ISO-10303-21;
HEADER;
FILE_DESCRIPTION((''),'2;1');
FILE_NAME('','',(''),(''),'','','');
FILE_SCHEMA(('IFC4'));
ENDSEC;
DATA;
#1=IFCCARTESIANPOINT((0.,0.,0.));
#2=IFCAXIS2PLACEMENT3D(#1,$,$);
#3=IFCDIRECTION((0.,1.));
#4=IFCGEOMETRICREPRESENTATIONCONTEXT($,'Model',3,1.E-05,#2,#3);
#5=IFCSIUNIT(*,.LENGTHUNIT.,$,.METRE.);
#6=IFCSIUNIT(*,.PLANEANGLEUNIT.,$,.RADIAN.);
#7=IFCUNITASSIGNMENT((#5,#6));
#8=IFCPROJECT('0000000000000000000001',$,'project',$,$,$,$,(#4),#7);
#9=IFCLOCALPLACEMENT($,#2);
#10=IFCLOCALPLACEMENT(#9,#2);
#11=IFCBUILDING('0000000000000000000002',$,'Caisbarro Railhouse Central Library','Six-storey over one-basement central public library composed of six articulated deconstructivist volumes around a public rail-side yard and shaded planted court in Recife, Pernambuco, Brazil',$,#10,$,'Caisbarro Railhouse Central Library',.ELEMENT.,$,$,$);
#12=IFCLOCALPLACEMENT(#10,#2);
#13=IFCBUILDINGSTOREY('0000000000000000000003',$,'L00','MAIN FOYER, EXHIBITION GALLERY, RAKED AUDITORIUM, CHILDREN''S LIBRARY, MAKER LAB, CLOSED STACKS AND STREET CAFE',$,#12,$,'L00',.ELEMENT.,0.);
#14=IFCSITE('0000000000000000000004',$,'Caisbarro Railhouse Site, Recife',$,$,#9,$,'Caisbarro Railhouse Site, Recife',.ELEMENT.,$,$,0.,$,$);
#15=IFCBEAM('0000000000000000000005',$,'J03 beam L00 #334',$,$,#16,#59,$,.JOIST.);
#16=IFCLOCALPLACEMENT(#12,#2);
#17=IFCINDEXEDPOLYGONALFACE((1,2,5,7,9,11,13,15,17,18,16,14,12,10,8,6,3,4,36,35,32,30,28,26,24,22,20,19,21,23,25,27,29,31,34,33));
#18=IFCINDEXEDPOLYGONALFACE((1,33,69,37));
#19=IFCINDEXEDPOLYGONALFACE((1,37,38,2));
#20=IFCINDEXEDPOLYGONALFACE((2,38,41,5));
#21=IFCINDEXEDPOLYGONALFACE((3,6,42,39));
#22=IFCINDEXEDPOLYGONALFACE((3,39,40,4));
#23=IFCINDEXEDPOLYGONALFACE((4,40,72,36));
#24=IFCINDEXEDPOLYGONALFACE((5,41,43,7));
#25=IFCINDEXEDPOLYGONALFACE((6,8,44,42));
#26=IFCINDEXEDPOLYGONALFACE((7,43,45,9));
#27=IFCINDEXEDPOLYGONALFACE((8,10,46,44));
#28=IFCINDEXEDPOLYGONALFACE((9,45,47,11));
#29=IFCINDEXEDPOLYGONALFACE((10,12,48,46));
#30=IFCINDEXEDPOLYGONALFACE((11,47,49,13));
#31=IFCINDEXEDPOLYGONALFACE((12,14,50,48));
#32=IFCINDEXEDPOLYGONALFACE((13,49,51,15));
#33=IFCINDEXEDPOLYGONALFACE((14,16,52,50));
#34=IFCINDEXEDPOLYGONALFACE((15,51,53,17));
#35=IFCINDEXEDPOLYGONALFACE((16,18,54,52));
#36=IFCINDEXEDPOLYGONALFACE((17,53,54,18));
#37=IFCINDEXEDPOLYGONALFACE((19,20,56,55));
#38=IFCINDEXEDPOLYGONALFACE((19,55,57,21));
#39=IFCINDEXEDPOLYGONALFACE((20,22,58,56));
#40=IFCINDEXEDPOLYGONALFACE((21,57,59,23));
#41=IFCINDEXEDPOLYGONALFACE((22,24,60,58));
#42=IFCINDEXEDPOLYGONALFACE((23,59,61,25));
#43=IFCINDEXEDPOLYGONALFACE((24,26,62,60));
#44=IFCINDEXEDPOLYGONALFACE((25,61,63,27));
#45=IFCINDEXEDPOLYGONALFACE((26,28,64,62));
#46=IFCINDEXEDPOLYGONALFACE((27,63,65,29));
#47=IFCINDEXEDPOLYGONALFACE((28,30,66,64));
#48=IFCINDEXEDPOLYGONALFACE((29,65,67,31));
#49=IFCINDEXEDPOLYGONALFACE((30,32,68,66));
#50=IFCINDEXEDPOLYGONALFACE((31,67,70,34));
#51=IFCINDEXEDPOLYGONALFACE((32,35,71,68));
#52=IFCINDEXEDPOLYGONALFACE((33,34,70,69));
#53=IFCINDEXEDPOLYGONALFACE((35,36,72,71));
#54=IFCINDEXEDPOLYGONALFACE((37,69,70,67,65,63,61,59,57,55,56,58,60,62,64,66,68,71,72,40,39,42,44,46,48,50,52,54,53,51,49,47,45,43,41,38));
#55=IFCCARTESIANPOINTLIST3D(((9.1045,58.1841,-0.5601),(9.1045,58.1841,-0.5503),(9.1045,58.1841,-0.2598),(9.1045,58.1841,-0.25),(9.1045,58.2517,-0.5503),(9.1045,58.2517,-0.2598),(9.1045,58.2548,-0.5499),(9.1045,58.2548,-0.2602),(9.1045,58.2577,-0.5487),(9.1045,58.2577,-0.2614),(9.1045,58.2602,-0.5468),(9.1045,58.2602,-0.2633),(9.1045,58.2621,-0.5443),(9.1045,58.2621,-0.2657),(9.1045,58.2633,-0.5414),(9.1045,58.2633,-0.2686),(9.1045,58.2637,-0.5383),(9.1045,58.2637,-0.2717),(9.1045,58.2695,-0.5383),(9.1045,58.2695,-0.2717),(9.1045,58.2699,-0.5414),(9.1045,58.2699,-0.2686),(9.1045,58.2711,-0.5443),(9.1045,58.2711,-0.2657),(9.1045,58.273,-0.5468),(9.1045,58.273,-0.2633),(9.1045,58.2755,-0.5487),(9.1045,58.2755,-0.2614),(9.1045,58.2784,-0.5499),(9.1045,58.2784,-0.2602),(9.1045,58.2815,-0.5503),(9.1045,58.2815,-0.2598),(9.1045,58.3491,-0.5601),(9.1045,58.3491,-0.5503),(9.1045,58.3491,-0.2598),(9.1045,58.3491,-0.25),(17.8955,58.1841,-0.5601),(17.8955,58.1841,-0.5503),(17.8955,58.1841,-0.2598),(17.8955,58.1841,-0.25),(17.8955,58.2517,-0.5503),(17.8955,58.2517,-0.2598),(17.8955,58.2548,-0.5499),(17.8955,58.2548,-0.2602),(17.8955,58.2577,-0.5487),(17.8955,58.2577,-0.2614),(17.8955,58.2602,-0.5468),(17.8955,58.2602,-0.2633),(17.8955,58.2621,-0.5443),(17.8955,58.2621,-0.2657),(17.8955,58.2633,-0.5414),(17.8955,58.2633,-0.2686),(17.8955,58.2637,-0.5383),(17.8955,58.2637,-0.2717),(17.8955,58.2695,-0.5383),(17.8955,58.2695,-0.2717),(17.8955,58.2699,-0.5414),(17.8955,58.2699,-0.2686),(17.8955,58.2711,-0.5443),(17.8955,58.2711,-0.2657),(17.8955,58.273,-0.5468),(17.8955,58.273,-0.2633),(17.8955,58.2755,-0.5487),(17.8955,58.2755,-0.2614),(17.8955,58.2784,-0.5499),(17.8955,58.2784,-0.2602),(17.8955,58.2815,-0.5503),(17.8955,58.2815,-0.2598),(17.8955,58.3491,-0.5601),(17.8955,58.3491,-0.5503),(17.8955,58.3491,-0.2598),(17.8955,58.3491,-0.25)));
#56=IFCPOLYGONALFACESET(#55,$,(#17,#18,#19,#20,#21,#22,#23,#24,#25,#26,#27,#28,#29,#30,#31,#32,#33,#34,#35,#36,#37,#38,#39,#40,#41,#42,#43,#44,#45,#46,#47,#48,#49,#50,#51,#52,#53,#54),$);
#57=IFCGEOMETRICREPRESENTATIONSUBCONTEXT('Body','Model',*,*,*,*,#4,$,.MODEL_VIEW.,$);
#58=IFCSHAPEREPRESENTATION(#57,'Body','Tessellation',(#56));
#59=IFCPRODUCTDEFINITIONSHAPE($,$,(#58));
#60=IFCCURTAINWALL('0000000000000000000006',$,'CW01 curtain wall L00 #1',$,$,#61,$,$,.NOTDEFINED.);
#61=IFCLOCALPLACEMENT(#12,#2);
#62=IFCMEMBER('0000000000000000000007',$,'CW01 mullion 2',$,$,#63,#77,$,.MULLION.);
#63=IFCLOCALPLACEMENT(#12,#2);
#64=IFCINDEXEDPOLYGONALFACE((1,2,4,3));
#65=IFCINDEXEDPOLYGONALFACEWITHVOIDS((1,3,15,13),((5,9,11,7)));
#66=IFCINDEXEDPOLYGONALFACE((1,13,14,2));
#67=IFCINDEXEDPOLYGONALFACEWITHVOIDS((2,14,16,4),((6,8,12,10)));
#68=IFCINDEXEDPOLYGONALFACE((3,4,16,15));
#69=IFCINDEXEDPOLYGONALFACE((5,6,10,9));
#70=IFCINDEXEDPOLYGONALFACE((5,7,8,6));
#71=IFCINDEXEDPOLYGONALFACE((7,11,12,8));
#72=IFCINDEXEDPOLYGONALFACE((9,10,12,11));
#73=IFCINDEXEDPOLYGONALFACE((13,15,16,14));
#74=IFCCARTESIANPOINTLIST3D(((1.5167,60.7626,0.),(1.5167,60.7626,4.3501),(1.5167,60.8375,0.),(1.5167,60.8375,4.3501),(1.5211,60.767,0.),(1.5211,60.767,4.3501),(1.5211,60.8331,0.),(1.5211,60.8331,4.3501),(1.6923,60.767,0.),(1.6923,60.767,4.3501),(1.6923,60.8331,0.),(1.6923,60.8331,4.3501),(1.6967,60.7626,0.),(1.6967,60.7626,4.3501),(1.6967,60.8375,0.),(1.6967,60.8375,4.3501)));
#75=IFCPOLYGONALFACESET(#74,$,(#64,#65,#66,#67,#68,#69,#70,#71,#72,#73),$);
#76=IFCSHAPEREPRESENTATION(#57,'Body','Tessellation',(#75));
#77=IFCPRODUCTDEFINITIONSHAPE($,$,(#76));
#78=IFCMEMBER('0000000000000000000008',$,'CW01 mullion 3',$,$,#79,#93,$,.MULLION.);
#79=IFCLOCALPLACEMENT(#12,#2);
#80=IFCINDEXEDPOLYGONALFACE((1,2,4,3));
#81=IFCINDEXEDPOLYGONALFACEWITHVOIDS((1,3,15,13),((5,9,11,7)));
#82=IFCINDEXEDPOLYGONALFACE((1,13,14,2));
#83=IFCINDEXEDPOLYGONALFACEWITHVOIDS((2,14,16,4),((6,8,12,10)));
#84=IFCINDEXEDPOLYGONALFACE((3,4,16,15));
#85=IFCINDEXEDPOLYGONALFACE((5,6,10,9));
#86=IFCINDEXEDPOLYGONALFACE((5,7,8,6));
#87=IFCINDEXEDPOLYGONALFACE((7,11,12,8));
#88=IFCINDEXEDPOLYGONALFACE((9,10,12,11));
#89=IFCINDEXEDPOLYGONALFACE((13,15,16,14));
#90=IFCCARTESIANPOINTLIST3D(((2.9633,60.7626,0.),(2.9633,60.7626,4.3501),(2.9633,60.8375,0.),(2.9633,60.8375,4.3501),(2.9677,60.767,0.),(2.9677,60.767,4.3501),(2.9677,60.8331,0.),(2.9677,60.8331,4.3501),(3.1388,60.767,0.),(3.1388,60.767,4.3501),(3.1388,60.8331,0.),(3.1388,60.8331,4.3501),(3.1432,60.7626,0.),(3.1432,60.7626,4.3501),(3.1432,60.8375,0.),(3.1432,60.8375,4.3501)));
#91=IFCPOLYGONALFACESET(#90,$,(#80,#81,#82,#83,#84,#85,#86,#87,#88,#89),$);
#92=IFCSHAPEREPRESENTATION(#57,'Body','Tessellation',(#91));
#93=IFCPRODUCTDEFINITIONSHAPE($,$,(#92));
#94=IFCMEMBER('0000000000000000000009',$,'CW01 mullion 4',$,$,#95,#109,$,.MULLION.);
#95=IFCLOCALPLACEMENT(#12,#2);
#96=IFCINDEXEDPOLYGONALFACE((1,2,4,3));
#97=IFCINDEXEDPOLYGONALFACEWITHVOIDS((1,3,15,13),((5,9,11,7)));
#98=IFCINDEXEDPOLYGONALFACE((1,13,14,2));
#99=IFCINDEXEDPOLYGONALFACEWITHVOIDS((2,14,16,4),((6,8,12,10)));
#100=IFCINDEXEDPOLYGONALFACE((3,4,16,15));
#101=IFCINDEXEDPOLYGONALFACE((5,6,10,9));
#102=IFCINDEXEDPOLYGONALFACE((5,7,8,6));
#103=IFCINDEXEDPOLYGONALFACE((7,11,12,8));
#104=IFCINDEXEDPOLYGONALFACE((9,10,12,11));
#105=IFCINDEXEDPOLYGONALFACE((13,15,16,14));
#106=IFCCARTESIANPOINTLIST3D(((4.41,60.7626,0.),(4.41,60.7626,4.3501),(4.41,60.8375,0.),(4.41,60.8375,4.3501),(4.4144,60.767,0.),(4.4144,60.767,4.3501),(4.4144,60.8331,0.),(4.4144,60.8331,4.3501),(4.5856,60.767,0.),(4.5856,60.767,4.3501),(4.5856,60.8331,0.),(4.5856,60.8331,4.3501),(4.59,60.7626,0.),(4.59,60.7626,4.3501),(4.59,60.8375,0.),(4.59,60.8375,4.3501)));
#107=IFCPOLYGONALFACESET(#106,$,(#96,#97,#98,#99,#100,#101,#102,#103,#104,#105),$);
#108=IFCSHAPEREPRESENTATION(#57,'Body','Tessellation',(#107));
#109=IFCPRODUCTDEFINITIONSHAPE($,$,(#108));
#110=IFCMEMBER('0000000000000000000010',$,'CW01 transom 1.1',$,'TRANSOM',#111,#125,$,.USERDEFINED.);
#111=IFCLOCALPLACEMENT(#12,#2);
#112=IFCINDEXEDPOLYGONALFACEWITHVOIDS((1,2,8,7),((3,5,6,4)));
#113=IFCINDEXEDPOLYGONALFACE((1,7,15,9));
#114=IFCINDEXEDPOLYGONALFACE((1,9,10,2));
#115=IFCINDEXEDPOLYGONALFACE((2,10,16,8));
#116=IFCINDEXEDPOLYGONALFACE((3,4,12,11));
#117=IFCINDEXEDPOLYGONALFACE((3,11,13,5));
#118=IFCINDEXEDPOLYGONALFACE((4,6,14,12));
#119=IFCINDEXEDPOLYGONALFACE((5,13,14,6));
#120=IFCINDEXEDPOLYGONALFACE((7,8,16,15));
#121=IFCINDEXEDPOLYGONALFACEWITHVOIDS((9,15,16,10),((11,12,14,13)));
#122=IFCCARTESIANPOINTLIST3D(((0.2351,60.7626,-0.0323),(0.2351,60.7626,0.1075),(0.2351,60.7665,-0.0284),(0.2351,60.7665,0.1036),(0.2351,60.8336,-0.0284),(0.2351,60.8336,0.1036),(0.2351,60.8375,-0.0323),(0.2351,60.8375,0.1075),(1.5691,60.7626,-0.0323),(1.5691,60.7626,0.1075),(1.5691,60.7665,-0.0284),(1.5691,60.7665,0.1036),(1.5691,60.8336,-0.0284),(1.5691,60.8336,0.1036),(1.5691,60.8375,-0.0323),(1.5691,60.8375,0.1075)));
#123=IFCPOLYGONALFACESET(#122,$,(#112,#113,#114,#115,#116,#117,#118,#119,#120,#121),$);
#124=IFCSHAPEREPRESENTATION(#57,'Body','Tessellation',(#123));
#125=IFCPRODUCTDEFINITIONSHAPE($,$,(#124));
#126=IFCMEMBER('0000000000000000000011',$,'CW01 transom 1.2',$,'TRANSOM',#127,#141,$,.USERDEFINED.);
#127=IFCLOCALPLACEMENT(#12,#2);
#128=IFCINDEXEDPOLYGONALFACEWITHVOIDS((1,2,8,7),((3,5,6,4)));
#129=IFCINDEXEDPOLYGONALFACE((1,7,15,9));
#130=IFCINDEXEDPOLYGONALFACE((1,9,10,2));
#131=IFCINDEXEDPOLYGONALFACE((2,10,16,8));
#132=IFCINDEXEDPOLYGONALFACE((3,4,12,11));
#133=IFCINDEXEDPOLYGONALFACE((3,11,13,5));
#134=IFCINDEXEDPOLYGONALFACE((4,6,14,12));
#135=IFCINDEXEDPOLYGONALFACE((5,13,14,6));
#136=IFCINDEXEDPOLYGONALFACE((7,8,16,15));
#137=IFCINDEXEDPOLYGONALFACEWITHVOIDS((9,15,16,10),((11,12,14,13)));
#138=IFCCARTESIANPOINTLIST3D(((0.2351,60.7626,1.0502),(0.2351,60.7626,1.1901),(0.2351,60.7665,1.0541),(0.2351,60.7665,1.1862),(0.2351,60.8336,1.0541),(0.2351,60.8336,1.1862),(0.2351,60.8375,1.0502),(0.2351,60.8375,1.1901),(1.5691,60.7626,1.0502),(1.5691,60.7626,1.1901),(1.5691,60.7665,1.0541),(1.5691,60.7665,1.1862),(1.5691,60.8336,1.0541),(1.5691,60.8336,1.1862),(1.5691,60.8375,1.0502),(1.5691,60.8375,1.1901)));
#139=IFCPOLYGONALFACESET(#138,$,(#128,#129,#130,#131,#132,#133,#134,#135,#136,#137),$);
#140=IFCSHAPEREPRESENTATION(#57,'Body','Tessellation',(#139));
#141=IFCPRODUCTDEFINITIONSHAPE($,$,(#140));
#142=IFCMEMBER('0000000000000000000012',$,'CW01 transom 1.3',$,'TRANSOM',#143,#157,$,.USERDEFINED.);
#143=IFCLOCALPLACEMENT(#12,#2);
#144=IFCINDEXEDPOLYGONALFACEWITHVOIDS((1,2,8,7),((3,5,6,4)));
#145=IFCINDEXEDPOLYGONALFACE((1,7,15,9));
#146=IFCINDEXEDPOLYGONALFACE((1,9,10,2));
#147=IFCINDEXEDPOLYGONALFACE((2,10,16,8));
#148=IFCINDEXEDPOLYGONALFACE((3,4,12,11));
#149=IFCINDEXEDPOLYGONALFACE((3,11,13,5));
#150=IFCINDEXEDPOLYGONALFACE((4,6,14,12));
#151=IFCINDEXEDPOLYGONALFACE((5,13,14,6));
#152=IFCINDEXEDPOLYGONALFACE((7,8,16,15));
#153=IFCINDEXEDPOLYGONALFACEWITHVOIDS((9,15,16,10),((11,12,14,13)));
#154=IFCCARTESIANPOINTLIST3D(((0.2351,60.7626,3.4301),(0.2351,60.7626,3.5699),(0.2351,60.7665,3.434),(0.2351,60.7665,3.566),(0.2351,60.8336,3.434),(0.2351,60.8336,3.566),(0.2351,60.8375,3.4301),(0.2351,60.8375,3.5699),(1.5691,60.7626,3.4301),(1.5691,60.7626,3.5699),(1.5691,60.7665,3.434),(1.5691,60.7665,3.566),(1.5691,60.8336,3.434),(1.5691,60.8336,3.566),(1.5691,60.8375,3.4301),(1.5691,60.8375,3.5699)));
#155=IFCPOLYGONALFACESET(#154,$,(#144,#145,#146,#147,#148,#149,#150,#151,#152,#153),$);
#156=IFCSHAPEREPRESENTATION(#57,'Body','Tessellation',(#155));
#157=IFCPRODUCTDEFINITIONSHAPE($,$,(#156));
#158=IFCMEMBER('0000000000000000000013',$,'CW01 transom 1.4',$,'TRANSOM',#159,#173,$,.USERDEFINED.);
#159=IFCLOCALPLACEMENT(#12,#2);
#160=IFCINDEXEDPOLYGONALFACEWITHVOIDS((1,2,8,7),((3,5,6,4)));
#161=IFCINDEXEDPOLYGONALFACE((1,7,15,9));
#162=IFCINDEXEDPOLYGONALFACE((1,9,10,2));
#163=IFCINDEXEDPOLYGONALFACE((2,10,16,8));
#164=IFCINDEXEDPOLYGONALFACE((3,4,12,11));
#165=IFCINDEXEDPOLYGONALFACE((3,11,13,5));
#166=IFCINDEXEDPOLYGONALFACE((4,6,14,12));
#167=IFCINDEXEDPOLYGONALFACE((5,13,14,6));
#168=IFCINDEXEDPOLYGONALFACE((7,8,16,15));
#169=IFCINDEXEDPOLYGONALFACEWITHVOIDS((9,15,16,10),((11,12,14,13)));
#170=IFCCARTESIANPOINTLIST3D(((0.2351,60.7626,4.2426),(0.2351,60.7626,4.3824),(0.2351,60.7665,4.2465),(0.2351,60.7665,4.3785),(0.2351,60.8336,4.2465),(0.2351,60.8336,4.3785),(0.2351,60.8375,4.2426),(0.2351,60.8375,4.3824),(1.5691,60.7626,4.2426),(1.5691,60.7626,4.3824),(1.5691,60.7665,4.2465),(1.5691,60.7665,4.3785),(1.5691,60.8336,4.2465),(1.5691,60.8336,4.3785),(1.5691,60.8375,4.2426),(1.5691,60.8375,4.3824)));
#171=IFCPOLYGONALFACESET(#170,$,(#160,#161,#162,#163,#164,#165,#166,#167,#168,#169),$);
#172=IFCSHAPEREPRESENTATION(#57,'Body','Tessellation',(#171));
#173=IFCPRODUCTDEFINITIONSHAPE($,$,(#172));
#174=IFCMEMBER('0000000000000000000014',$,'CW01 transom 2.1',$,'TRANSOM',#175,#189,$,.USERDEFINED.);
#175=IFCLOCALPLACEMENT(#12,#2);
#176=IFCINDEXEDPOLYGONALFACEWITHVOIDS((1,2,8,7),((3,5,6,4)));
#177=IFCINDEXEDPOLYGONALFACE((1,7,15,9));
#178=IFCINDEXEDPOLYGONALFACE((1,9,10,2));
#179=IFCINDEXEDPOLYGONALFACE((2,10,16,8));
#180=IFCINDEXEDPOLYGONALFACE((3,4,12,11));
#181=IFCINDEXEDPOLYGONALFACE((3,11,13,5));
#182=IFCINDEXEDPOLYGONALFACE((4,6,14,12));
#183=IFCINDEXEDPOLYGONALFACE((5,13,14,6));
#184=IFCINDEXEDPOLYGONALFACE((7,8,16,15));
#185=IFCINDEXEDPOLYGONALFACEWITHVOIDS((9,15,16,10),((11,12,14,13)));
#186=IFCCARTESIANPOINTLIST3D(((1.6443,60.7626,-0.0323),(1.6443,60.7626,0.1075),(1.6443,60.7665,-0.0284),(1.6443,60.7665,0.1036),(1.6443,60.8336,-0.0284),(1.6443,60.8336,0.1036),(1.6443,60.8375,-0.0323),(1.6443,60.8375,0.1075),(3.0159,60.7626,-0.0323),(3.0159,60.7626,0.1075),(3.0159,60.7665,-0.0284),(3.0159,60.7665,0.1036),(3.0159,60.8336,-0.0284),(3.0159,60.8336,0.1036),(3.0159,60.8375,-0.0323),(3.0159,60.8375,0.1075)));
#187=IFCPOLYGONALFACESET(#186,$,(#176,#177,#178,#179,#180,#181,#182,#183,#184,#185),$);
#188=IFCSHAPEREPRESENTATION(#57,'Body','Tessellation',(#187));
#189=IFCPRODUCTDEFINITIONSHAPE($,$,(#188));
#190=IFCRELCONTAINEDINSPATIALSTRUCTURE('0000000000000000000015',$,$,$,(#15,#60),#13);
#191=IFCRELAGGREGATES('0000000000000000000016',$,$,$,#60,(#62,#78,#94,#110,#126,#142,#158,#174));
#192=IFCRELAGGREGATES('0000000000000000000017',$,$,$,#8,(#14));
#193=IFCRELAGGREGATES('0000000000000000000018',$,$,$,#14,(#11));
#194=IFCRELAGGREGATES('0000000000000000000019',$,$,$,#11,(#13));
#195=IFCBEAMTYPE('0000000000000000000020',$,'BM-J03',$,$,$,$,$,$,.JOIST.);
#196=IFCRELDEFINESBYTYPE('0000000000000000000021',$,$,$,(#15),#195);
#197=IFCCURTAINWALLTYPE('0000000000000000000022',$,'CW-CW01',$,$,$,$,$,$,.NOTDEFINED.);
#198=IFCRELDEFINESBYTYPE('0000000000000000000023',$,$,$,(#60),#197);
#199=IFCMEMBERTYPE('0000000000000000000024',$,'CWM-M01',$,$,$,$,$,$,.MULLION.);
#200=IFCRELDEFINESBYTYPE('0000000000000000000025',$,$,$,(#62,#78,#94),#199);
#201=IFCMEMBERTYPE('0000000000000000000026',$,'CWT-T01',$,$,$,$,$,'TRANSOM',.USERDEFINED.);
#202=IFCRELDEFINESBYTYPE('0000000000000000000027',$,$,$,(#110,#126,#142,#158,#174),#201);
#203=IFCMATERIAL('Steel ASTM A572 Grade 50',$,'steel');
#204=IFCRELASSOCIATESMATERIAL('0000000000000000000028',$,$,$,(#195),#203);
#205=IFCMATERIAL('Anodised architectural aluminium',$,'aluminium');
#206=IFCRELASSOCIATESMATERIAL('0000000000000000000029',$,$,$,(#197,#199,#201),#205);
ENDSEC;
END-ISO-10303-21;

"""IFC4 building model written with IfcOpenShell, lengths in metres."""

from ifc_helpers import new_model, si_unit, direction, frame, origin, origin_2d, place, context, subcontext, project, spatial, hollow_rectangle, i_section, extrude, material, material_profile, profile_set, type_object, element, aggregate, save


model = new_model("IFC4")

# Units and contexts
model_context = context("Model", 3, precision=1e-05, world=origin(), true_north=direction((0.0, 1.0)))
body_context = subcontext(model_context, "Body", "Model", "MODEL_VIEW")
ifc_project = project(units=[si_unit("LENGTHUNIT", "METRE"), si_unit("PLANEANGLEUNIT", "RADIAN")], contexts=[model_context])

# Site, building, storey
site_placement = place(None, origin())
site = spatial("IfcSite", under=ifc_project, at=site_placement, Name="Caisbarro Railhouse Site, Recife", LongName="Caisbarro Railhouse Site, Recife", CompositionType="ELEMENT", RefElevation=0.0)
building_placement = place(site_placement, origin())
building = spatial("IfcBuilding", under=site, at=building_placement, Name="Caisbarro Railhouse Central Library", Description="Six-storey over one-basement central public library composed of six articulated deconstructivist volumes around a public rail-side yard and shaded planted court in Recife, Pernambuco, Brazil", LongName="Caisbarro Railhouse Central Library", CompositionType="ELEMENT")
storey_placement = place(building_placement, origin())
storey = spatial("IfcBuildingStorey", under=building, at=storey_placement, Name="L00", Description="MAIN FOYER, EXHIBITION GALLERY, RAKED AUDITORIUM, CHILDREN'S LIBRARY, MAKER LAB, CLOSED STACKS AND STREET CAFE", LongName="L00", CompositionType="ELEMENT", Elevation=0.0)

# Beam
ifc_material_1 = material(Name="Steel ASTM A572 Grade 50", Category="steel")
ifc_material_profile_1 = material_profile(ifc_material_1, i_section(OverallWidth=0.165, OverallDepth=0.3101, WebThickness=0.0059, FlangeThickness=0.0098, FilletRadius=0.012, at=origin_2d()), Name="W310X38.7")
ifc_profile_set_1 = profile_set([ifc_material_profile_1], Name="Steel ASTM A572 Grade 50")
beam_type = type_object("IfcBeamType", Name="BM-J03", PredefinedType="JOIST", material=ifc_profile_set_1)
beam_placement = place(storey_placement, frame((9.1045, 58.2666, -0.405), z_axis=(1.0, 0.0, 0.0), x_axis=(0.0, 1.0, 0.0)))
element("IfcBeam", 1, at=beam_placement, inside=storey, type_object=beam_type, Name="J03 beam L00 #334", PredefinedType="JOIST", context=body_context, shape_type="SweptSolid", body=[
    extrude(i_section(OverallWidth=0.165, OverallDepth=0.3101, WebThickness=0.0059, FlangeThickness=0.0098, FilletRadius=0.012, at=origin_2d()), origin(), (0.0, 0.0, 1.0), 8.791),
])

# Curtain wall, members
ifc_material_2 = material(Name="Anodised architectural aluminium", Category="aluminium")
curtain_wall_type = type_object("IfcCurtainWallType", Name="CW-CW01", PredefinedType="NOTDEFINED", material=ifc_material_2)
curtain_wall_placement = place(storey_placement, origin())
curtain_wall = element("IfcCurtainWall", 2, at=curtain_wall_placement, inside=storey, type_object=curtain_wall_type, Name="CW01 curtain wall L00 #1", PredefinedType="NOTDEFINED")
ifc_material_profile_2 = material_profile(ifc_material_2, hollow_rectangle(XDim=0.075, YDim=0.1799, WallThickness=0.0044, at=origin_2d()), Name="ALU-MUL-75X180")
ifc_profile_set_2 = profile_set([ifc_material_profile_2], Name="Anodised architectural aluminium")
member_type_1 = type_object("IfcMemberType", Name="CWM-M01", PredefinedType="MULLION", material=ifc_profile_set_2)
member_1_placement = place(storey_placement, frame((1.6067, 60.8, 0.0), z_axis=(0.0, 0.0, 1.0), x_axis=(0.0, 1.0, 0.0)))
member_1 = element("IfcMember", 3, at=member_1_placement, type_object=member_type_1, Name="CW01 mullion 2", PredefinedType="MULLION", context=body_context, shape_type="SweptSolid", body=[
    extrude(hollow_rectangle(XDim=0.075, YDim=0.1799, WallThickness=0.0044, at=origin_2d()), origin(), (0.0, 0.0, 1.0), 4.3501),
])
member_2_placement = place(storey_placement, frame((3.0532, 60.8, 0.0), z_axis=(0.0, 0.0, 1.0), x_axis=(0.0, 1.0, 0.0)))
member_2 = element("IfcMember", 4, at=member_2_placement, type_object=member_type_1, Name="CW01 mullion 3", PredefinedType="MULLION", context=body_context, shape_type="SweptSolid", body=[
    extrude(hollow_rectangle(XDim=0.075, YDim=0.1799, WallThickness=0.0044, at=origin_2d()), origin(), (0.0, 0.0, 1.0), 4.3501),
])
member_3_placement = place(storey_placement, frame((4.5, 60.8, 0.0), z_axis=(0.0, 0.0, 1.0), x_axis=(0.0, 1.0, 0.0)))
member_3 = element("IfcMember", 5, at=member_3_placement, type_object=member_type_1, Name="CW01 mullion 4", PredefinedType="MULLION", context=body_context, shape_type="SweptSolid", body=[
    extrude(hollow_rectangle(XDim=0.075, YDim=0.1799, WallThickness=0.0044, at=origin_2d()), origin(), (0.0, 0.0, 1.0), 4.3501),
])
ifc_material_profile_3 = material_profile(ifc_material_2, hollow_rectangle(XDim=0.075, YDim=0.1399, WallThickness=0.0039, at=origin_2d()), Name="ALU-TRN-75X140")
ifc_profile_set_3 = profile_set([ifc_material_profile_3], Name="Anodised architectural aluminium")
member_type_2 = type_object("IfcMemberType", Name="CWT-T01", ElementType="TRANSOM", PredefinedType="USERDEFINED", material=ifc_profile_set_3)
member_4_placement = place(storey_placement, frame((0.2351, 60.8, 0.0376), z_axis=(1.0, 0.0, 0.0), x_axis=(0.0, 1.0, 0.0)))
member_4 = element("IfcMember", 6, at=member_4_placement, type_object=member_type_2, Name="CW01 transom 1.1", ObjectType="TRANSOM", PredefinedType="USERDEFINED", context=body_context, shape_type="SweptSolid", body=[
    extrude(hollow_rectangle(XDim=0.075, YDim=0.1399, WallThickness=0.0039, at=origin_2d()), origin(), (0.0, 0.0, 1.0), 1.334),
])
member_5_placement = place(storey_placement, frame((0.2351, 60.8, 1.1201), z_axis=(1.0, 0.0, 0.0), x_axis=(0.0, 1.0, 0.0)))
member_5 = element("IfcMember", 7, at=member_5_placement, type_object=member_type_2, Name="CW01 transom 1.2", ObjectType="TRANSOM", PredefinedType="USERDEFINED", context=body_context, shape_type="SweptSolid", body=[
    extrude(hollow_rectangle(XDim=0.075, YDim=0.1399, WallThickness=0.0039, at=origin_2d()), origin(), (0.0, 0.0, 1.0), 1.334),
])
member_6_placement = place(storey_placement, frame((0.2351, 60.8, 3.5), z_axis=(1.0, 0.0, 0.0), x_axis=(0.0, 1.0, 0.0)))
member_6 = element("IfcMember", 8, at=member_6_placement, type_object=member_type_2, Name="CW01 transom 1.3", ObjectType="TRANSOM", PredefinedType="USERDEFINED", context=body_context, shape_type="SweptSolid", body=[
    extrude(hollow_rectangle(XDim=0.075, YDim=0.1399, WallThickness=0.0039, at=origin_2d()), origin(), (0.0, 0.0, 1.0), 1.334),
])
member_7_placement = place(storey_placement, frame((0.2351, 60.8, 4.3125), z_axis=(1.0, 0.0, 0.0), x_axis=(0.0, 1.0, 0.0)))
member_7 = element("IfcMember", 9, at=member_7_placement, type_object=member_type_2, Name="CW01 transom 1.4", ObjectType="TRANSOM", PredefinedType="USERDEFINED", context=body_context, shape_type="SweptSolid", body=[
    extrude(hollow_rectangle(XDim=0.075, YDim=0.1399, WallThickness=0.0039, at=origin_2d()), origin(), (0.0, 0.0, 1.0), 1.334),
])
member_8_placement = place(storey_placement, frame((1.6443, 60.8, 0.0376), z_axis=(1.0, 0.0, 0.0), x_axis=(0.0, 1.0, 0.0)))
member_8 = element("IfcMember", 10, at=member_8_placement, type_object=member_type_2, Name="CW01 transom 2.1", ObjectType="TRANSOM", PredefinedType="USERDEFINED", context=body_context, shape_type="SweptSolid", body=[
    extrude(hollow_rectangle(XDim=0.075, YDim=0.1399, WallThickness=0.0039, at=origin_2d()), origin(), (0.0, 0.0, 1.0), 1.3716),
])
aggregate(curtain_wall, [member_1, member_2, member_3, member_4, member_5, member_6, member_7, member_8])

save(model, "model.ifc")
